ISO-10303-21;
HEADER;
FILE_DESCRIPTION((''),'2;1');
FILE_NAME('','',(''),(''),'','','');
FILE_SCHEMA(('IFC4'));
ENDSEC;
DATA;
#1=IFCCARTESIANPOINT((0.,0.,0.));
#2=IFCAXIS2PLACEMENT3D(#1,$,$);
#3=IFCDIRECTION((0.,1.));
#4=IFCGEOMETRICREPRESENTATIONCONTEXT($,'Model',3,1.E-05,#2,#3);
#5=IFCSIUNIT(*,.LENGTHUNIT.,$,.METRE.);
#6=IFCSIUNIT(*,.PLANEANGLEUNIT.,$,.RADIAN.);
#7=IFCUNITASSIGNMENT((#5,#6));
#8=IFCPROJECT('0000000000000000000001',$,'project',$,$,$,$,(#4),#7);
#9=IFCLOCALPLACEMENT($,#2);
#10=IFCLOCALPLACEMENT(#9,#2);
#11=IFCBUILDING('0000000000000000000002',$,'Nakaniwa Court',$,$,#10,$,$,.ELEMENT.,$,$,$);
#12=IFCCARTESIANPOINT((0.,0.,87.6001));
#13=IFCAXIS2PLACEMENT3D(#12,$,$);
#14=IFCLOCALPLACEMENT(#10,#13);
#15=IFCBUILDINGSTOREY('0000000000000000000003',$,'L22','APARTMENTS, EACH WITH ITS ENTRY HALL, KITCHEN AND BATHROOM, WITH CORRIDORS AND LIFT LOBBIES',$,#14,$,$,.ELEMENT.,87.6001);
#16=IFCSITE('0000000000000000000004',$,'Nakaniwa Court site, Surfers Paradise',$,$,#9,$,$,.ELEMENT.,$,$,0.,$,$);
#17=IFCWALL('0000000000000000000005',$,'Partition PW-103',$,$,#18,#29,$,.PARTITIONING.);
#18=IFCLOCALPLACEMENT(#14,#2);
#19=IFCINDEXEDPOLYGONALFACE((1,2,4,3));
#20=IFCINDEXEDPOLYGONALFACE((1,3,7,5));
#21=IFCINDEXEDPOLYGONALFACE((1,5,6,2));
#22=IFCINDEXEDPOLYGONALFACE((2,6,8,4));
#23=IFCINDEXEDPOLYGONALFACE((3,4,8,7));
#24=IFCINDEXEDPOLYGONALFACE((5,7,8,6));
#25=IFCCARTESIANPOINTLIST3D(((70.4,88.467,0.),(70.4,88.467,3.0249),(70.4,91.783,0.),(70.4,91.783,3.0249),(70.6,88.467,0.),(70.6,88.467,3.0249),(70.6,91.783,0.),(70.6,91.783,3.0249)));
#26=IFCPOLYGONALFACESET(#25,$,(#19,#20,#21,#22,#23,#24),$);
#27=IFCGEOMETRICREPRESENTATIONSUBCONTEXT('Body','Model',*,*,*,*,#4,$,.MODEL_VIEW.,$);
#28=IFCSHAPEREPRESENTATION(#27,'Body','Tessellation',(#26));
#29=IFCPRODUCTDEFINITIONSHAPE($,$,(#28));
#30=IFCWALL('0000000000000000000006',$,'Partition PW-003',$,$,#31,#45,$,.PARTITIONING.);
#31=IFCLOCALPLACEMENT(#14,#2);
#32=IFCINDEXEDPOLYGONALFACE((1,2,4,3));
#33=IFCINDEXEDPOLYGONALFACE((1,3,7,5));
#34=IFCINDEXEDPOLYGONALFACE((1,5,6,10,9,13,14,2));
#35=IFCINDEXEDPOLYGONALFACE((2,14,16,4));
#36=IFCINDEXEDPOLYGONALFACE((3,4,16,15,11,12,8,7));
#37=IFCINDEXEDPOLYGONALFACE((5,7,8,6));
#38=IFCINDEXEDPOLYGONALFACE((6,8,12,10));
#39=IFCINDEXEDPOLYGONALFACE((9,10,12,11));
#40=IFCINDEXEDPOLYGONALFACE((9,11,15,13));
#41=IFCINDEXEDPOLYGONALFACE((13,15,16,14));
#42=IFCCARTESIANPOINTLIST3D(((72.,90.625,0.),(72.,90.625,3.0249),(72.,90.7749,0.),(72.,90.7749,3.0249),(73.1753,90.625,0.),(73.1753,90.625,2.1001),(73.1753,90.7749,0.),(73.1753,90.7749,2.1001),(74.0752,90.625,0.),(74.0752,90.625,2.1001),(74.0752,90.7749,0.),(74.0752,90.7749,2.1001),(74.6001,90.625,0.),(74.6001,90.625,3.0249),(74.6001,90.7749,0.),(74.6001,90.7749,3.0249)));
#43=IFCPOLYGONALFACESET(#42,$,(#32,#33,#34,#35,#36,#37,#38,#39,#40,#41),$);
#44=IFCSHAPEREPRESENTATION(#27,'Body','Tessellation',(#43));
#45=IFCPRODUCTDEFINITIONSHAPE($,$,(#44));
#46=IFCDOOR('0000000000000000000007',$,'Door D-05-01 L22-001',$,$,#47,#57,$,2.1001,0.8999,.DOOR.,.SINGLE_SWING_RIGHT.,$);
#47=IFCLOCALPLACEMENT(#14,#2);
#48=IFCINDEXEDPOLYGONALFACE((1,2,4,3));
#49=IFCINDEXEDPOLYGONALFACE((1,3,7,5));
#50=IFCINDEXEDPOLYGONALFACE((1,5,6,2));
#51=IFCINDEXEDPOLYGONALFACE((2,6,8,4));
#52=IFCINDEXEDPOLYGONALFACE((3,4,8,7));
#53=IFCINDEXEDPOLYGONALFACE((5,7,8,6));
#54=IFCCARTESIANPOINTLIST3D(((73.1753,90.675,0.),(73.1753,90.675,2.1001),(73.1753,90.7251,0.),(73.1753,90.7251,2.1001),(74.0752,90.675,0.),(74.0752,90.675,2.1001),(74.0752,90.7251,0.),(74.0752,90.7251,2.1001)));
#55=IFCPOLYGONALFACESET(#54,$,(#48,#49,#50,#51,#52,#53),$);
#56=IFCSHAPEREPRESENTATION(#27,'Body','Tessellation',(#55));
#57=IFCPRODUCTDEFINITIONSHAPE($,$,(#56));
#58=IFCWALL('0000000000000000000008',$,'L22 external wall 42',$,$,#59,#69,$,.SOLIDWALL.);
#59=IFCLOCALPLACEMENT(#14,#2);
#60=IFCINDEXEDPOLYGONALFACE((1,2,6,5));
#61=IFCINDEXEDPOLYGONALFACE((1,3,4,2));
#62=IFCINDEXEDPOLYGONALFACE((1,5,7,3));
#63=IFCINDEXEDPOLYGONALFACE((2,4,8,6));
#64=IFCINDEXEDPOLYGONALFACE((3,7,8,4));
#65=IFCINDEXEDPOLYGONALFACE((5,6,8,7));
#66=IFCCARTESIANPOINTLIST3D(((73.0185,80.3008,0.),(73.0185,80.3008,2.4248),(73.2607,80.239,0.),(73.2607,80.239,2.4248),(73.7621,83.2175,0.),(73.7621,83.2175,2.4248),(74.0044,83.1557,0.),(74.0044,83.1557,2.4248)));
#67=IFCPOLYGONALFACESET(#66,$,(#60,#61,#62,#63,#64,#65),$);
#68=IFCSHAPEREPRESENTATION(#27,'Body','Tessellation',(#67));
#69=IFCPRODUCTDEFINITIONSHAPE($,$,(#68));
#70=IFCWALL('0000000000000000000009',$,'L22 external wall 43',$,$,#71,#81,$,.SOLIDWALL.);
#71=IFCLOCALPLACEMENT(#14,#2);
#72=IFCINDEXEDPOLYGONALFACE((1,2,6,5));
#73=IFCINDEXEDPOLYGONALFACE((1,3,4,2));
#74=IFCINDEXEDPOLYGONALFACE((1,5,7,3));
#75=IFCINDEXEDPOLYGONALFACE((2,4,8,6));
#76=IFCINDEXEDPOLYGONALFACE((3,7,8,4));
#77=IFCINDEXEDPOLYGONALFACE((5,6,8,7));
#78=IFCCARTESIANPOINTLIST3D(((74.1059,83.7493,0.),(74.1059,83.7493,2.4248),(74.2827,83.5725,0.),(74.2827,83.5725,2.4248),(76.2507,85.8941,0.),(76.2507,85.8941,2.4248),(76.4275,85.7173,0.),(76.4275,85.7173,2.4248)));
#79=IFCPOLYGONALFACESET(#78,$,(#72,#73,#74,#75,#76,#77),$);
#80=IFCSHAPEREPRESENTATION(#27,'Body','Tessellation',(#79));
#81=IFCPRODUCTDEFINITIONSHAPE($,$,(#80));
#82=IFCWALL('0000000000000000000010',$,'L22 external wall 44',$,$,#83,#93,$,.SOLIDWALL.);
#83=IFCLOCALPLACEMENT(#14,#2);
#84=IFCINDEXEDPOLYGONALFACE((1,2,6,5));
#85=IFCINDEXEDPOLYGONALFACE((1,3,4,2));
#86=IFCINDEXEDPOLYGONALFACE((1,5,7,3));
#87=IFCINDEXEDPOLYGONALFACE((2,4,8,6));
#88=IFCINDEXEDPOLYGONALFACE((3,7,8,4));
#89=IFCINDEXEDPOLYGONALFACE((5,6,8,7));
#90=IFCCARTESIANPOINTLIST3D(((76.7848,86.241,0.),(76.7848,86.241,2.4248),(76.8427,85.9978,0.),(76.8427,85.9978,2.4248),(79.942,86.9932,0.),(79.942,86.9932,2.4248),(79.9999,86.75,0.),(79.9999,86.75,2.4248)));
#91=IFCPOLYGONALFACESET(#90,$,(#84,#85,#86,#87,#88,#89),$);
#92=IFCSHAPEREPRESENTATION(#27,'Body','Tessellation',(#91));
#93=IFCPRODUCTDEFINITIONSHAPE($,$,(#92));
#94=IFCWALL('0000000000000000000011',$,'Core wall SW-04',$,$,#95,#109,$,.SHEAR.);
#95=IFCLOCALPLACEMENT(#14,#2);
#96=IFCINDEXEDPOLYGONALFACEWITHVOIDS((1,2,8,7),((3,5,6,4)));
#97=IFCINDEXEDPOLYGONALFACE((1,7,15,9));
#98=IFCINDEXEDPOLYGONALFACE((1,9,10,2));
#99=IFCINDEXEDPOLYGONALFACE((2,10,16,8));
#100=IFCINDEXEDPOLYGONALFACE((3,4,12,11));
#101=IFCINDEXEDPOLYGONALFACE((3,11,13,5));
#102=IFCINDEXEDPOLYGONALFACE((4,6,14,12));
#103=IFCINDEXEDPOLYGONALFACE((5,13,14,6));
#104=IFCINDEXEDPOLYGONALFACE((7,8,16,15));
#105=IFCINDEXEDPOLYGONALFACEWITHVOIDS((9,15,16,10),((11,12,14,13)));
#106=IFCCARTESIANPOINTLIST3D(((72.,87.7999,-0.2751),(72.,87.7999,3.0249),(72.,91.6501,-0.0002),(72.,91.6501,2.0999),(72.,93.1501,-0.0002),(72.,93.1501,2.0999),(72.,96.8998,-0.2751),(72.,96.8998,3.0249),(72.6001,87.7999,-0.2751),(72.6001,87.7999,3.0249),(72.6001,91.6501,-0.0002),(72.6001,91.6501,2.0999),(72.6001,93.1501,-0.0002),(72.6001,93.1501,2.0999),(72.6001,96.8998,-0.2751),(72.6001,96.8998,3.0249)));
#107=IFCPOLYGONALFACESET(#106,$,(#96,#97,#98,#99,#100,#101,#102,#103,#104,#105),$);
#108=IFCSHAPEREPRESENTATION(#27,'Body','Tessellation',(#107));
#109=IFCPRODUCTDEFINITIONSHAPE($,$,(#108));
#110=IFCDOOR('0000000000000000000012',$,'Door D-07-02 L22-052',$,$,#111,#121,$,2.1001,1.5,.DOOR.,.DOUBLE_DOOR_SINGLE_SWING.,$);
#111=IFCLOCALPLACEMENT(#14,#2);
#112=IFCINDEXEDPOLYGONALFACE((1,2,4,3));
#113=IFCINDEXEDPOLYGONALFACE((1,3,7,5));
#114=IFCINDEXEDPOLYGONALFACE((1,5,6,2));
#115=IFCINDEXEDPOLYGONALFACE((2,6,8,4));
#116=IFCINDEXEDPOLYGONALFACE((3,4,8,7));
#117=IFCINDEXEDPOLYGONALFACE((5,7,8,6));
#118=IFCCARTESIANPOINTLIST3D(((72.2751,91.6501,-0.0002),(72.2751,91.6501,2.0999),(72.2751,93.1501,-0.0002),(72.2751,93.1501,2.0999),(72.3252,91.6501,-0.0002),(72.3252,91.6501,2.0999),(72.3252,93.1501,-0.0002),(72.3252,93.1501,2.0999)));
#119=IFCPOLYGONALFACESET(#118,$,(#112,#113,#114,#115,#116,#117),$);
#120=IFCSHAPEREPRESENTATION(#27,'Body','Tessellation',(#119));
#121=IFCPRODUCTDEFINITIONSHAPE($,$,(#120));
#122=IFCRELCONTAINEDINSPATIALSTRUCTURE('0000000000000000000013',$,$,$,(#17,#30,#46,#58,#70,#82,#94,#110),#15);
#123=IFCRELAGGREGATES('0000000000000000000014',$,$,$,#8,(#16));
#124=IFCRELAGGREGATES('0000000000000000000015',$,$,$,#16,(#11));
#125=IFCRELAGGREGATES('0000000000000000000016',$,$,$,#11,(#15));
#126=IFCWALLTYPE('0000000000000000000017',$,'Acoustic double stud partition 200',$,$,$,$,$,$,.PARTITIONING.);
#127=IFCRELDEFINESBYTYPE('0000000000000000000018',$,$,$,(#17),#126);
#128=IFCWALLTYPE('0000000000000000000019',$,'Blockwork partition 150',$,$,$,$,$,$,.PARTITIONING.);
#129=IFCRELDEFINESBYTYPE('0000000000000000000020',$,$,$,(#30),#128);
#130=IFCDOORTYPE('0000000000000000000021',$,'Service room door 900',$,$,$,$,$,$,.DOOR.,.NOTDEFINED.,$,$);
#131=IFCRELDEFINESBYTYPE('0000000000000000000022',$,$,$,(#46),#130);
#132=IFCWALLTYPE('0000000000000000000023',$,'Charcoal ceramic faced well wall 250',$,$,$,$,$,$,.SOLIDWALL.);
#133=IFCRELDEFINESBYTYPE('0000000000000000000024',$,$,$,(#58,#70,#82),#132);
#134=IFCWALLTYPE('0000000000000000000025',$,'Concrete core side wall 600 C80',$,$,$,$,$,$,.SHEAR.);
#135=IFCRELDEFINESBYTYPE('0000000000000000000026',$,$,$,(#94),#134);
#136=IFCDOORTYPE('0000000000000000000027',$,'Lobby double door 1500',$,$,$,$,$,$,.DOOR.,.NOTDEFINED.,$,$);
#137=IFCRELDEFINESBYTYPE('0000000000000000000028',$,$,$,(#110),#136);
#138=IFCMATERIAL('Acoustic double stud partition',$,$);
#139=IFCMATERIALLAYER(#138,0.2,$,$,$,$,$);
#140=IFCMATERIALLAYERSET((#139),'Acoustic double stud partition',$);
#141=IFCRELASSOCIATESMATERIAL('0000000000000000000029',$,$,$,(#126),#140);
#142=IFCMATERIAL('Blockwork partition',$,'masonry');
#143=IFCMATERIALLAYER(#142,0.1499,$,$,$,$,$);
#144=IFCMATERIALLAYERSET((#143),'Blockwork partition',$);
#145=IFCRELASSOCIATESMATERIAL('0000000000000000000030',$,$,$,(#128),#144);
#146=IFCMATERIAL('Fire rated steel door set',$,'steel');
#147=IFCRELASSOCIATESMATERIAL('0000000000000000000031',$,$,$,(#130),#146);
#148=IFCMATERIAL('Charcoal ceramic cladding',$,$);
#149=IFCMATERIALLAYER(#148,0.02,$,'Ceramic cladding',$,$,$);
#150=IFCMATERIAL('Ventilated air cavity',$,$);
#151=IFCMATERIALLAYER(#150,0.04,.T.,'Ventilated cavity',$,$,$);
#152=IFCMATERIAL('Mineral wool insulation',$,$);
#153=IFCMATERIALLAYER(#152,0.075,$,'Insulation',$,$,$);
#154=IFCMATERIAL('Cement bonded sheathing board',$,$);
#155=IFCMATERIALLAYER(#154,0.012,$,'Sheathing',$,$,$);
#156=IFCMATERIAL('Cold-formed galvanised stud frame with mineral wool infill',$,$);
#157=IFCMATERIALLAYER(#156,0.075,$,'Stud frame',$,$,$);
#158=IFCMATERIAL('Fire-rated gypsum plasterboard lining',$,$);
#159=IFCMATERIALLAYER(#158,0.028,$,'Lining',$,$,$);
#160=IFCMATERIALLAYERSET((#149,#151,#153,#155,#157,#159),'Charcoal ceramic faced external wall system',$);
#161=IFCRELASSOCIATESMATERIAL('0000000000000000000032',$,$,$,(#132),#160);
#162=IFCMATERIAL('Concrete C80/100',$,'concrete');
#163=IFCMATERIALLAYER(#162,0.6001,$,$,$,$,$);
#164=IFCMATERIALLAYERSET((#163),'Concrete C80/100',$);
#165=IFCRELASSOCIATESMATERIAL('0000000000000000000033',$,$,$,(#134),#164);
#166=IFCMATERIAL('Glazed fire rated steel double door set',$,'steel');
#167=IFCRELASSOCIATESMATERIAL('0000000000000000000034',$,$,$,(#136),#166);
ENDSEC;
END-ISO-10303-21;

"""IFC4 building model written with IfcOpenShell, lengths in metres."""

from ifc_helpers import new_model, si_unit, direction, frame, frame_2d, origin, place, context, subcontext, project, spatial, rectangle, extrude, material, layer, layer_set, type_object, element, fill, save


model = new_model("IFC4")

# Units and contexts
model_context = context("Model", 3, precision=1e-05, world=origin(), true_north=direction((0.0, 1.0)))
body_context = subcontext(model_context, "Body", "Model", "MODEL_VIEW")
ifc_project = project(units=[si_unit("LENGTHUNIT", "METRE"), si_unit("PLANEANGLEUNIT", "RADIAN")], contexts=[model_context])

# Site, building, storey
site_placement = place(None, origin())
site = spatial("IfcSite", under=ifc_project, at=site_placement, Name="Nakaniwa Court site, Surfers Paradise", CompositionType="ELEMENT", RefElevation=0.0)
building_placement = place(site_placement, origin())
building = spatial("IfcBuilding", under=site, at=building_placement, Name="Nakaniwa Court", CompositionType="ELEMENT")
storey_placement = place(building_placement, frame((0.0, 0.0, 87.6001)))
storey = spatial("IfcBuildingStorey", under=building, at=storey_placement, Name="L22", Description="APARTMENTS, EACH WITH ITS ENTRY HALL, KITCHEN AND BATHROOM, WITH CORRIDORS AND LIFT LOBBIES", CompositionType="ELEMENT", Elevation=87.6001)

# Shared definitions
ifc_material_1 = material(Name="Concrete C80/100", Category="concrete")

# Shared definitions
ifc_material_2 = material(Name="Acoustic double stud partition")
ifc_layer_1 = layer(ifc_material_2, 0.2)
ifc_layer_set_1 = layer_set([ifc_layer_1], Name="Acoustic double stud partition")
wall_type_1 = type_object("IfcWallType", Name="Acoustic double stud partition 200", PredefinedType="PARTITIONING", material=ifc_layer_set_1)

# Wall
wall_1_placement = place(storey_placement, frame((70.5, 88.467, 0.0), z_axis=(0.0, 0.0, 1.0), x_axis=(0.0, 1.0, 0.0)))
element("IfcWall", 1, at=wall_1_placement, inside=storey, type_object=wall_type_1, Name="Partition PW-103", PredefinedType="PARTITIONING", context=body_context, shape_type="SweptSolid", body=[
    extrude(rectangle(XDim=3.3159, YDim=0.2, at=frame_2d((1.658, 0.0))), origin(), (0.0, 0.0, 1.0), 3.0249),
])

# Wall, opening, door
ifc_material_3 = material(Name="Blockwork partition", Category="masonry")
ifc_layer_2 = layer(ifc_material_3, 0.1499)
ifc_layer_set_2 = layer_set([ifc_layer_2], Name="Blockwork partition")
wall_type_2 = type_object("IfcWallType", Name="Blockwork partition 150", PredefinedType="PARTITIONING", material=ifc_layer_set_2)
wall_2_placement = place(storey_placement, frame((74.6001, 90.7, 0.0), z_axis=(0.0, 0.0, 1.0), x_axis=(-1.0, 0.0, 0.0)))
wall_2 = element("IfcWall", 2, at=wall_2_placement, inside=storey, type_object=wall_type_2, Name="Partition PW-003", PredefinedType="PARTITIONING", context=body_context, shape_type="SweptSolid", body=[
    extrude(rectangle(XDim=2.6001, YDim=0.1499, at=frame_2d((1.3, 0.0))), origin(), (0.0, 0.0, 1.0), 3.0249),
])
opening_1_placement = place(wall_2_placement, frame((0.5249, 0.0, 0.0)))
opening_1 = element("IfcOpeningElement", 3, at=opening_1_placement, cuts=wall_2, PredefinedType="OPENING", context=body_context, shape_type="SweptSolid", body=[
    extrude(rectangle(XDim=0.8999, YDim=2.1001, at=frame_2d((0.45, 1.05))), frame((0.0, 0.085, 0.0), z_axis=(0.0, -1.0, 0.0), x_axis=(1.0, 0.0, 0.0)), (0.0, 0.0, 1.0), 0.1699),
])
ifc_material_4 = material(Name="Fire rated steel door set", Category="steel")
door_type_1 = type_object("IfcDoorType", Name="Service room door 900", OperationType="NOTDEFINED", PredefinedType="DOOR", material=ifc_material_4)
door_1_placement = place(opening_1_placement, origin())
door_1 = element("IfcDoor", 4, at=door_1_placement, inside=storey, type_object=door_type_1, Name="Door D-05-01 L22-001", OperationType="SINGLE_SWING_RIGHT", OverallHeight=2.1001, OverallWidth=0.8999, PredefinedType="DOOR", context=body_context, shape_type="SweptSolid", body=[
    extrude(rectangle(XDim=0.8999, YDim=2.1001, at=frame_2d((0.45, 1.05))), frame((0.0, 0.0249, 0.0), z_axis=(0.0, -1.0, 0.0), x_axis=(1.0, 0.0, 0.0)), (0.0, 0.0, 1.0), 0.05),
])
fill(opening_1, door_1)

# Walls
ifc_material_5 = material(Name="Charcoal ceramic cladding")
ifc_layer_3 = layer(ifc_material_5, 0.02, Name="Ceramic cladding")
ifc_material_6 = material(Name="Ventilated air cavity")
ifc_layer_4 = layer(ifc_material_6, 0.04, ventilated=True, Name="Ventilated cavity")
ifc_material_7 = material(Name="Mineral wool insulation")
ifc_layer_5 = layer(ifc_material_7, 0.075, Name="Insulation")
ifc_material_8 = material(Name="Cement bonded sheathing board")
ifc_layer_6 = layer(ifc_material_8, 0.012, Name="Sheathing")
ifc_material_9 = material(Name="Cold-formed galvanised stud frame with mineral wool infill")
ifc_layer_7 = layer(ifc_material_9, 0.075, Name="Stud frame")
ifc_material_10 = material(Name="Fire-rated gypsum plasterboard lining")
ifc_layer_8 = layer(ifc_material_10, 0.028, Name="Lining")
ifc_layer_set_3 = layer_set([ifc_layer_3, ifc_layer_4, ifc_layer_5, ifc_layer_6, ifc_layer_7, ifc_layer_8], Name="Charcoal ceramic faced external wall system")
wall_type_3 = type_object("IfcWallType", Name="Charcoal ceramic faced well wall 250", PredefinedType="SOLIDWALL", material=ifc_layer_set_3)
wall_3_placement = place(storey_placement, frame((73.1396, 80.27, 0.0), z_axis=(0.0, 0.0, 1.0), x_axis=(0.247056, 0.969001, 0.0)))
element("IfcWall", 5, at=wall_3_placement, inside=storey, type_object=wall_type_3, Name="L22 external wall 42", PredefinedType="SOLIDWALL", context=body_context, shape_type="SweptSolid", body=[
    extrude(rectangle(XDim=3.01, YDim=0.25, at=frame_2d((1.5049, 0.0))), origin(), (0.0, 0.0, 1.0), 2.4248),
])
wall_4_placement = place(storey_placement, frame((74.1943, 83.6609, 0.0), z_axis=(0.0, 0.0, 1.0), x_axis=(0.707107, 0.707107, 0.0)))
element("IfcWall", 6, at=wall_4_placement, inside=storey, type_object=wall_type_3, Name="L22 external wall 43", PredefinedType="SOLIDWALL", context=body_context, shape_type="SweptSolid", body=[
    extrude(rectangle(XDim=3.0332, YDim=0.25, at=frame_2d((1.5166, 0.0))), origin(), (0.0, 0.0, 1.0), 2.4248),
])
wall_5_placement = place(storey_placement, frame((76.8137, 86.1194, 0.0), z_axis=(0.0, 0.0, 1.0), x_axis=(0.972773, 0.23176, 0.0)))
element("IfcWall", 7, at=wall_5_placement, inside=storey, type_object=wall_type_3, Name="L22 external wall 44", PredefinedType="SOLIDWALL", context=body_context, shape_type="SweptSolid", body=[
    extrude(rectangle(XDim=3.2456, YDim=0.25, at=frame_2d((1.6228, 0.0))), origin(), (0.0, 0.0, 1.0), 2.4248),
])

# Wall, opening, door
ifc_layer_9 = layer(ifc_material_1, 0.6001)
ifc_layer_set_4 = layer_set([ifc_layer_9], Name="Concrete C80/100")
wall_type_4 = type_object("IfcWallType", Name="Concrete core side wall 600 C80", PredefinedType="SHEAR", material=ifc_layer_set_4)
wall_6_placement = place(storey_placement, frame((72.3, 87.8, -0.2751), z_axis=(0.0, 0.0, 1.0), x_axis=(0.0, 1.0, 0.0)))
wall_6 = element("IfcWall", 8, at=wall_6_placement, inside=storey, type_object=wall_type_4, Name="Core wall SW-04", PredefinedType="SHEAR", context=body_context, shape_type="SweptSolid", body=[
    extrude(rectangle(XDim=9.0999, YDim=0.6001, at=frame_2d((4.5498, 0.0))), origin(), (0.0, 0.0, 1.0), 3.3),
])
opening_2_placement = place(wall_6_placement, frame((3.8501, 0.0, 0.2749)))
opening_2 = element("IfcOpeningElement", 9, at=opening_2_placement, cuts=wall_6, PredefinedType="OPENING", context=body_context, shape_type="SweptSolid", body=[
    extrude(rectangle(XDim=1.5, YDim=2.1001, at=frame_2d((0.75, 1.05))), frame((0.0, 0.3101, 0.0), z_axis=(0.0, -1.0, 0.0), x_axis=(1.0, 0.0, 0.0)), (0.0, 0.0, 1.0), 0.6201),
])
ifc_material_11 = material(Name="Glazed fire rated steel double door set", Category="steel")
door_type_2 = type_object("IfcDoorType", Name="Lobby double door 1500", OperationType="NOTDEFINED", PredefinedType="DOOR", material=ifc_material_11)
door_2_placement = place(opening_2_placement, origin())
door_2 = element("IfcDoor", 10, at=door_2_placement, inside=storey, type_object=door_type_2, Name="Door D-07-02 L22-052", OperationType="DOUBLE_DOOR_SINGLE_SWING", OverallHeight=2.1001, OverallWidth=1.5, PredefinedType="DOOR", context=body_context, shape_type="SweptSolid", body=[
    extrude(rectangle(XDim=1.5, YDim=2.1001, at=frame_2d((0.75, 1.05))), frame((0.0, 0.0249, 0.0), z_axis=(0.0, -1.0, 0.0), x_axis=(1.0, 0.0, 0.0)), (0.0, 0.0, 1.0), 0.05),
])
fill(opening_2, door_2)

save(model, "model.ifc")
